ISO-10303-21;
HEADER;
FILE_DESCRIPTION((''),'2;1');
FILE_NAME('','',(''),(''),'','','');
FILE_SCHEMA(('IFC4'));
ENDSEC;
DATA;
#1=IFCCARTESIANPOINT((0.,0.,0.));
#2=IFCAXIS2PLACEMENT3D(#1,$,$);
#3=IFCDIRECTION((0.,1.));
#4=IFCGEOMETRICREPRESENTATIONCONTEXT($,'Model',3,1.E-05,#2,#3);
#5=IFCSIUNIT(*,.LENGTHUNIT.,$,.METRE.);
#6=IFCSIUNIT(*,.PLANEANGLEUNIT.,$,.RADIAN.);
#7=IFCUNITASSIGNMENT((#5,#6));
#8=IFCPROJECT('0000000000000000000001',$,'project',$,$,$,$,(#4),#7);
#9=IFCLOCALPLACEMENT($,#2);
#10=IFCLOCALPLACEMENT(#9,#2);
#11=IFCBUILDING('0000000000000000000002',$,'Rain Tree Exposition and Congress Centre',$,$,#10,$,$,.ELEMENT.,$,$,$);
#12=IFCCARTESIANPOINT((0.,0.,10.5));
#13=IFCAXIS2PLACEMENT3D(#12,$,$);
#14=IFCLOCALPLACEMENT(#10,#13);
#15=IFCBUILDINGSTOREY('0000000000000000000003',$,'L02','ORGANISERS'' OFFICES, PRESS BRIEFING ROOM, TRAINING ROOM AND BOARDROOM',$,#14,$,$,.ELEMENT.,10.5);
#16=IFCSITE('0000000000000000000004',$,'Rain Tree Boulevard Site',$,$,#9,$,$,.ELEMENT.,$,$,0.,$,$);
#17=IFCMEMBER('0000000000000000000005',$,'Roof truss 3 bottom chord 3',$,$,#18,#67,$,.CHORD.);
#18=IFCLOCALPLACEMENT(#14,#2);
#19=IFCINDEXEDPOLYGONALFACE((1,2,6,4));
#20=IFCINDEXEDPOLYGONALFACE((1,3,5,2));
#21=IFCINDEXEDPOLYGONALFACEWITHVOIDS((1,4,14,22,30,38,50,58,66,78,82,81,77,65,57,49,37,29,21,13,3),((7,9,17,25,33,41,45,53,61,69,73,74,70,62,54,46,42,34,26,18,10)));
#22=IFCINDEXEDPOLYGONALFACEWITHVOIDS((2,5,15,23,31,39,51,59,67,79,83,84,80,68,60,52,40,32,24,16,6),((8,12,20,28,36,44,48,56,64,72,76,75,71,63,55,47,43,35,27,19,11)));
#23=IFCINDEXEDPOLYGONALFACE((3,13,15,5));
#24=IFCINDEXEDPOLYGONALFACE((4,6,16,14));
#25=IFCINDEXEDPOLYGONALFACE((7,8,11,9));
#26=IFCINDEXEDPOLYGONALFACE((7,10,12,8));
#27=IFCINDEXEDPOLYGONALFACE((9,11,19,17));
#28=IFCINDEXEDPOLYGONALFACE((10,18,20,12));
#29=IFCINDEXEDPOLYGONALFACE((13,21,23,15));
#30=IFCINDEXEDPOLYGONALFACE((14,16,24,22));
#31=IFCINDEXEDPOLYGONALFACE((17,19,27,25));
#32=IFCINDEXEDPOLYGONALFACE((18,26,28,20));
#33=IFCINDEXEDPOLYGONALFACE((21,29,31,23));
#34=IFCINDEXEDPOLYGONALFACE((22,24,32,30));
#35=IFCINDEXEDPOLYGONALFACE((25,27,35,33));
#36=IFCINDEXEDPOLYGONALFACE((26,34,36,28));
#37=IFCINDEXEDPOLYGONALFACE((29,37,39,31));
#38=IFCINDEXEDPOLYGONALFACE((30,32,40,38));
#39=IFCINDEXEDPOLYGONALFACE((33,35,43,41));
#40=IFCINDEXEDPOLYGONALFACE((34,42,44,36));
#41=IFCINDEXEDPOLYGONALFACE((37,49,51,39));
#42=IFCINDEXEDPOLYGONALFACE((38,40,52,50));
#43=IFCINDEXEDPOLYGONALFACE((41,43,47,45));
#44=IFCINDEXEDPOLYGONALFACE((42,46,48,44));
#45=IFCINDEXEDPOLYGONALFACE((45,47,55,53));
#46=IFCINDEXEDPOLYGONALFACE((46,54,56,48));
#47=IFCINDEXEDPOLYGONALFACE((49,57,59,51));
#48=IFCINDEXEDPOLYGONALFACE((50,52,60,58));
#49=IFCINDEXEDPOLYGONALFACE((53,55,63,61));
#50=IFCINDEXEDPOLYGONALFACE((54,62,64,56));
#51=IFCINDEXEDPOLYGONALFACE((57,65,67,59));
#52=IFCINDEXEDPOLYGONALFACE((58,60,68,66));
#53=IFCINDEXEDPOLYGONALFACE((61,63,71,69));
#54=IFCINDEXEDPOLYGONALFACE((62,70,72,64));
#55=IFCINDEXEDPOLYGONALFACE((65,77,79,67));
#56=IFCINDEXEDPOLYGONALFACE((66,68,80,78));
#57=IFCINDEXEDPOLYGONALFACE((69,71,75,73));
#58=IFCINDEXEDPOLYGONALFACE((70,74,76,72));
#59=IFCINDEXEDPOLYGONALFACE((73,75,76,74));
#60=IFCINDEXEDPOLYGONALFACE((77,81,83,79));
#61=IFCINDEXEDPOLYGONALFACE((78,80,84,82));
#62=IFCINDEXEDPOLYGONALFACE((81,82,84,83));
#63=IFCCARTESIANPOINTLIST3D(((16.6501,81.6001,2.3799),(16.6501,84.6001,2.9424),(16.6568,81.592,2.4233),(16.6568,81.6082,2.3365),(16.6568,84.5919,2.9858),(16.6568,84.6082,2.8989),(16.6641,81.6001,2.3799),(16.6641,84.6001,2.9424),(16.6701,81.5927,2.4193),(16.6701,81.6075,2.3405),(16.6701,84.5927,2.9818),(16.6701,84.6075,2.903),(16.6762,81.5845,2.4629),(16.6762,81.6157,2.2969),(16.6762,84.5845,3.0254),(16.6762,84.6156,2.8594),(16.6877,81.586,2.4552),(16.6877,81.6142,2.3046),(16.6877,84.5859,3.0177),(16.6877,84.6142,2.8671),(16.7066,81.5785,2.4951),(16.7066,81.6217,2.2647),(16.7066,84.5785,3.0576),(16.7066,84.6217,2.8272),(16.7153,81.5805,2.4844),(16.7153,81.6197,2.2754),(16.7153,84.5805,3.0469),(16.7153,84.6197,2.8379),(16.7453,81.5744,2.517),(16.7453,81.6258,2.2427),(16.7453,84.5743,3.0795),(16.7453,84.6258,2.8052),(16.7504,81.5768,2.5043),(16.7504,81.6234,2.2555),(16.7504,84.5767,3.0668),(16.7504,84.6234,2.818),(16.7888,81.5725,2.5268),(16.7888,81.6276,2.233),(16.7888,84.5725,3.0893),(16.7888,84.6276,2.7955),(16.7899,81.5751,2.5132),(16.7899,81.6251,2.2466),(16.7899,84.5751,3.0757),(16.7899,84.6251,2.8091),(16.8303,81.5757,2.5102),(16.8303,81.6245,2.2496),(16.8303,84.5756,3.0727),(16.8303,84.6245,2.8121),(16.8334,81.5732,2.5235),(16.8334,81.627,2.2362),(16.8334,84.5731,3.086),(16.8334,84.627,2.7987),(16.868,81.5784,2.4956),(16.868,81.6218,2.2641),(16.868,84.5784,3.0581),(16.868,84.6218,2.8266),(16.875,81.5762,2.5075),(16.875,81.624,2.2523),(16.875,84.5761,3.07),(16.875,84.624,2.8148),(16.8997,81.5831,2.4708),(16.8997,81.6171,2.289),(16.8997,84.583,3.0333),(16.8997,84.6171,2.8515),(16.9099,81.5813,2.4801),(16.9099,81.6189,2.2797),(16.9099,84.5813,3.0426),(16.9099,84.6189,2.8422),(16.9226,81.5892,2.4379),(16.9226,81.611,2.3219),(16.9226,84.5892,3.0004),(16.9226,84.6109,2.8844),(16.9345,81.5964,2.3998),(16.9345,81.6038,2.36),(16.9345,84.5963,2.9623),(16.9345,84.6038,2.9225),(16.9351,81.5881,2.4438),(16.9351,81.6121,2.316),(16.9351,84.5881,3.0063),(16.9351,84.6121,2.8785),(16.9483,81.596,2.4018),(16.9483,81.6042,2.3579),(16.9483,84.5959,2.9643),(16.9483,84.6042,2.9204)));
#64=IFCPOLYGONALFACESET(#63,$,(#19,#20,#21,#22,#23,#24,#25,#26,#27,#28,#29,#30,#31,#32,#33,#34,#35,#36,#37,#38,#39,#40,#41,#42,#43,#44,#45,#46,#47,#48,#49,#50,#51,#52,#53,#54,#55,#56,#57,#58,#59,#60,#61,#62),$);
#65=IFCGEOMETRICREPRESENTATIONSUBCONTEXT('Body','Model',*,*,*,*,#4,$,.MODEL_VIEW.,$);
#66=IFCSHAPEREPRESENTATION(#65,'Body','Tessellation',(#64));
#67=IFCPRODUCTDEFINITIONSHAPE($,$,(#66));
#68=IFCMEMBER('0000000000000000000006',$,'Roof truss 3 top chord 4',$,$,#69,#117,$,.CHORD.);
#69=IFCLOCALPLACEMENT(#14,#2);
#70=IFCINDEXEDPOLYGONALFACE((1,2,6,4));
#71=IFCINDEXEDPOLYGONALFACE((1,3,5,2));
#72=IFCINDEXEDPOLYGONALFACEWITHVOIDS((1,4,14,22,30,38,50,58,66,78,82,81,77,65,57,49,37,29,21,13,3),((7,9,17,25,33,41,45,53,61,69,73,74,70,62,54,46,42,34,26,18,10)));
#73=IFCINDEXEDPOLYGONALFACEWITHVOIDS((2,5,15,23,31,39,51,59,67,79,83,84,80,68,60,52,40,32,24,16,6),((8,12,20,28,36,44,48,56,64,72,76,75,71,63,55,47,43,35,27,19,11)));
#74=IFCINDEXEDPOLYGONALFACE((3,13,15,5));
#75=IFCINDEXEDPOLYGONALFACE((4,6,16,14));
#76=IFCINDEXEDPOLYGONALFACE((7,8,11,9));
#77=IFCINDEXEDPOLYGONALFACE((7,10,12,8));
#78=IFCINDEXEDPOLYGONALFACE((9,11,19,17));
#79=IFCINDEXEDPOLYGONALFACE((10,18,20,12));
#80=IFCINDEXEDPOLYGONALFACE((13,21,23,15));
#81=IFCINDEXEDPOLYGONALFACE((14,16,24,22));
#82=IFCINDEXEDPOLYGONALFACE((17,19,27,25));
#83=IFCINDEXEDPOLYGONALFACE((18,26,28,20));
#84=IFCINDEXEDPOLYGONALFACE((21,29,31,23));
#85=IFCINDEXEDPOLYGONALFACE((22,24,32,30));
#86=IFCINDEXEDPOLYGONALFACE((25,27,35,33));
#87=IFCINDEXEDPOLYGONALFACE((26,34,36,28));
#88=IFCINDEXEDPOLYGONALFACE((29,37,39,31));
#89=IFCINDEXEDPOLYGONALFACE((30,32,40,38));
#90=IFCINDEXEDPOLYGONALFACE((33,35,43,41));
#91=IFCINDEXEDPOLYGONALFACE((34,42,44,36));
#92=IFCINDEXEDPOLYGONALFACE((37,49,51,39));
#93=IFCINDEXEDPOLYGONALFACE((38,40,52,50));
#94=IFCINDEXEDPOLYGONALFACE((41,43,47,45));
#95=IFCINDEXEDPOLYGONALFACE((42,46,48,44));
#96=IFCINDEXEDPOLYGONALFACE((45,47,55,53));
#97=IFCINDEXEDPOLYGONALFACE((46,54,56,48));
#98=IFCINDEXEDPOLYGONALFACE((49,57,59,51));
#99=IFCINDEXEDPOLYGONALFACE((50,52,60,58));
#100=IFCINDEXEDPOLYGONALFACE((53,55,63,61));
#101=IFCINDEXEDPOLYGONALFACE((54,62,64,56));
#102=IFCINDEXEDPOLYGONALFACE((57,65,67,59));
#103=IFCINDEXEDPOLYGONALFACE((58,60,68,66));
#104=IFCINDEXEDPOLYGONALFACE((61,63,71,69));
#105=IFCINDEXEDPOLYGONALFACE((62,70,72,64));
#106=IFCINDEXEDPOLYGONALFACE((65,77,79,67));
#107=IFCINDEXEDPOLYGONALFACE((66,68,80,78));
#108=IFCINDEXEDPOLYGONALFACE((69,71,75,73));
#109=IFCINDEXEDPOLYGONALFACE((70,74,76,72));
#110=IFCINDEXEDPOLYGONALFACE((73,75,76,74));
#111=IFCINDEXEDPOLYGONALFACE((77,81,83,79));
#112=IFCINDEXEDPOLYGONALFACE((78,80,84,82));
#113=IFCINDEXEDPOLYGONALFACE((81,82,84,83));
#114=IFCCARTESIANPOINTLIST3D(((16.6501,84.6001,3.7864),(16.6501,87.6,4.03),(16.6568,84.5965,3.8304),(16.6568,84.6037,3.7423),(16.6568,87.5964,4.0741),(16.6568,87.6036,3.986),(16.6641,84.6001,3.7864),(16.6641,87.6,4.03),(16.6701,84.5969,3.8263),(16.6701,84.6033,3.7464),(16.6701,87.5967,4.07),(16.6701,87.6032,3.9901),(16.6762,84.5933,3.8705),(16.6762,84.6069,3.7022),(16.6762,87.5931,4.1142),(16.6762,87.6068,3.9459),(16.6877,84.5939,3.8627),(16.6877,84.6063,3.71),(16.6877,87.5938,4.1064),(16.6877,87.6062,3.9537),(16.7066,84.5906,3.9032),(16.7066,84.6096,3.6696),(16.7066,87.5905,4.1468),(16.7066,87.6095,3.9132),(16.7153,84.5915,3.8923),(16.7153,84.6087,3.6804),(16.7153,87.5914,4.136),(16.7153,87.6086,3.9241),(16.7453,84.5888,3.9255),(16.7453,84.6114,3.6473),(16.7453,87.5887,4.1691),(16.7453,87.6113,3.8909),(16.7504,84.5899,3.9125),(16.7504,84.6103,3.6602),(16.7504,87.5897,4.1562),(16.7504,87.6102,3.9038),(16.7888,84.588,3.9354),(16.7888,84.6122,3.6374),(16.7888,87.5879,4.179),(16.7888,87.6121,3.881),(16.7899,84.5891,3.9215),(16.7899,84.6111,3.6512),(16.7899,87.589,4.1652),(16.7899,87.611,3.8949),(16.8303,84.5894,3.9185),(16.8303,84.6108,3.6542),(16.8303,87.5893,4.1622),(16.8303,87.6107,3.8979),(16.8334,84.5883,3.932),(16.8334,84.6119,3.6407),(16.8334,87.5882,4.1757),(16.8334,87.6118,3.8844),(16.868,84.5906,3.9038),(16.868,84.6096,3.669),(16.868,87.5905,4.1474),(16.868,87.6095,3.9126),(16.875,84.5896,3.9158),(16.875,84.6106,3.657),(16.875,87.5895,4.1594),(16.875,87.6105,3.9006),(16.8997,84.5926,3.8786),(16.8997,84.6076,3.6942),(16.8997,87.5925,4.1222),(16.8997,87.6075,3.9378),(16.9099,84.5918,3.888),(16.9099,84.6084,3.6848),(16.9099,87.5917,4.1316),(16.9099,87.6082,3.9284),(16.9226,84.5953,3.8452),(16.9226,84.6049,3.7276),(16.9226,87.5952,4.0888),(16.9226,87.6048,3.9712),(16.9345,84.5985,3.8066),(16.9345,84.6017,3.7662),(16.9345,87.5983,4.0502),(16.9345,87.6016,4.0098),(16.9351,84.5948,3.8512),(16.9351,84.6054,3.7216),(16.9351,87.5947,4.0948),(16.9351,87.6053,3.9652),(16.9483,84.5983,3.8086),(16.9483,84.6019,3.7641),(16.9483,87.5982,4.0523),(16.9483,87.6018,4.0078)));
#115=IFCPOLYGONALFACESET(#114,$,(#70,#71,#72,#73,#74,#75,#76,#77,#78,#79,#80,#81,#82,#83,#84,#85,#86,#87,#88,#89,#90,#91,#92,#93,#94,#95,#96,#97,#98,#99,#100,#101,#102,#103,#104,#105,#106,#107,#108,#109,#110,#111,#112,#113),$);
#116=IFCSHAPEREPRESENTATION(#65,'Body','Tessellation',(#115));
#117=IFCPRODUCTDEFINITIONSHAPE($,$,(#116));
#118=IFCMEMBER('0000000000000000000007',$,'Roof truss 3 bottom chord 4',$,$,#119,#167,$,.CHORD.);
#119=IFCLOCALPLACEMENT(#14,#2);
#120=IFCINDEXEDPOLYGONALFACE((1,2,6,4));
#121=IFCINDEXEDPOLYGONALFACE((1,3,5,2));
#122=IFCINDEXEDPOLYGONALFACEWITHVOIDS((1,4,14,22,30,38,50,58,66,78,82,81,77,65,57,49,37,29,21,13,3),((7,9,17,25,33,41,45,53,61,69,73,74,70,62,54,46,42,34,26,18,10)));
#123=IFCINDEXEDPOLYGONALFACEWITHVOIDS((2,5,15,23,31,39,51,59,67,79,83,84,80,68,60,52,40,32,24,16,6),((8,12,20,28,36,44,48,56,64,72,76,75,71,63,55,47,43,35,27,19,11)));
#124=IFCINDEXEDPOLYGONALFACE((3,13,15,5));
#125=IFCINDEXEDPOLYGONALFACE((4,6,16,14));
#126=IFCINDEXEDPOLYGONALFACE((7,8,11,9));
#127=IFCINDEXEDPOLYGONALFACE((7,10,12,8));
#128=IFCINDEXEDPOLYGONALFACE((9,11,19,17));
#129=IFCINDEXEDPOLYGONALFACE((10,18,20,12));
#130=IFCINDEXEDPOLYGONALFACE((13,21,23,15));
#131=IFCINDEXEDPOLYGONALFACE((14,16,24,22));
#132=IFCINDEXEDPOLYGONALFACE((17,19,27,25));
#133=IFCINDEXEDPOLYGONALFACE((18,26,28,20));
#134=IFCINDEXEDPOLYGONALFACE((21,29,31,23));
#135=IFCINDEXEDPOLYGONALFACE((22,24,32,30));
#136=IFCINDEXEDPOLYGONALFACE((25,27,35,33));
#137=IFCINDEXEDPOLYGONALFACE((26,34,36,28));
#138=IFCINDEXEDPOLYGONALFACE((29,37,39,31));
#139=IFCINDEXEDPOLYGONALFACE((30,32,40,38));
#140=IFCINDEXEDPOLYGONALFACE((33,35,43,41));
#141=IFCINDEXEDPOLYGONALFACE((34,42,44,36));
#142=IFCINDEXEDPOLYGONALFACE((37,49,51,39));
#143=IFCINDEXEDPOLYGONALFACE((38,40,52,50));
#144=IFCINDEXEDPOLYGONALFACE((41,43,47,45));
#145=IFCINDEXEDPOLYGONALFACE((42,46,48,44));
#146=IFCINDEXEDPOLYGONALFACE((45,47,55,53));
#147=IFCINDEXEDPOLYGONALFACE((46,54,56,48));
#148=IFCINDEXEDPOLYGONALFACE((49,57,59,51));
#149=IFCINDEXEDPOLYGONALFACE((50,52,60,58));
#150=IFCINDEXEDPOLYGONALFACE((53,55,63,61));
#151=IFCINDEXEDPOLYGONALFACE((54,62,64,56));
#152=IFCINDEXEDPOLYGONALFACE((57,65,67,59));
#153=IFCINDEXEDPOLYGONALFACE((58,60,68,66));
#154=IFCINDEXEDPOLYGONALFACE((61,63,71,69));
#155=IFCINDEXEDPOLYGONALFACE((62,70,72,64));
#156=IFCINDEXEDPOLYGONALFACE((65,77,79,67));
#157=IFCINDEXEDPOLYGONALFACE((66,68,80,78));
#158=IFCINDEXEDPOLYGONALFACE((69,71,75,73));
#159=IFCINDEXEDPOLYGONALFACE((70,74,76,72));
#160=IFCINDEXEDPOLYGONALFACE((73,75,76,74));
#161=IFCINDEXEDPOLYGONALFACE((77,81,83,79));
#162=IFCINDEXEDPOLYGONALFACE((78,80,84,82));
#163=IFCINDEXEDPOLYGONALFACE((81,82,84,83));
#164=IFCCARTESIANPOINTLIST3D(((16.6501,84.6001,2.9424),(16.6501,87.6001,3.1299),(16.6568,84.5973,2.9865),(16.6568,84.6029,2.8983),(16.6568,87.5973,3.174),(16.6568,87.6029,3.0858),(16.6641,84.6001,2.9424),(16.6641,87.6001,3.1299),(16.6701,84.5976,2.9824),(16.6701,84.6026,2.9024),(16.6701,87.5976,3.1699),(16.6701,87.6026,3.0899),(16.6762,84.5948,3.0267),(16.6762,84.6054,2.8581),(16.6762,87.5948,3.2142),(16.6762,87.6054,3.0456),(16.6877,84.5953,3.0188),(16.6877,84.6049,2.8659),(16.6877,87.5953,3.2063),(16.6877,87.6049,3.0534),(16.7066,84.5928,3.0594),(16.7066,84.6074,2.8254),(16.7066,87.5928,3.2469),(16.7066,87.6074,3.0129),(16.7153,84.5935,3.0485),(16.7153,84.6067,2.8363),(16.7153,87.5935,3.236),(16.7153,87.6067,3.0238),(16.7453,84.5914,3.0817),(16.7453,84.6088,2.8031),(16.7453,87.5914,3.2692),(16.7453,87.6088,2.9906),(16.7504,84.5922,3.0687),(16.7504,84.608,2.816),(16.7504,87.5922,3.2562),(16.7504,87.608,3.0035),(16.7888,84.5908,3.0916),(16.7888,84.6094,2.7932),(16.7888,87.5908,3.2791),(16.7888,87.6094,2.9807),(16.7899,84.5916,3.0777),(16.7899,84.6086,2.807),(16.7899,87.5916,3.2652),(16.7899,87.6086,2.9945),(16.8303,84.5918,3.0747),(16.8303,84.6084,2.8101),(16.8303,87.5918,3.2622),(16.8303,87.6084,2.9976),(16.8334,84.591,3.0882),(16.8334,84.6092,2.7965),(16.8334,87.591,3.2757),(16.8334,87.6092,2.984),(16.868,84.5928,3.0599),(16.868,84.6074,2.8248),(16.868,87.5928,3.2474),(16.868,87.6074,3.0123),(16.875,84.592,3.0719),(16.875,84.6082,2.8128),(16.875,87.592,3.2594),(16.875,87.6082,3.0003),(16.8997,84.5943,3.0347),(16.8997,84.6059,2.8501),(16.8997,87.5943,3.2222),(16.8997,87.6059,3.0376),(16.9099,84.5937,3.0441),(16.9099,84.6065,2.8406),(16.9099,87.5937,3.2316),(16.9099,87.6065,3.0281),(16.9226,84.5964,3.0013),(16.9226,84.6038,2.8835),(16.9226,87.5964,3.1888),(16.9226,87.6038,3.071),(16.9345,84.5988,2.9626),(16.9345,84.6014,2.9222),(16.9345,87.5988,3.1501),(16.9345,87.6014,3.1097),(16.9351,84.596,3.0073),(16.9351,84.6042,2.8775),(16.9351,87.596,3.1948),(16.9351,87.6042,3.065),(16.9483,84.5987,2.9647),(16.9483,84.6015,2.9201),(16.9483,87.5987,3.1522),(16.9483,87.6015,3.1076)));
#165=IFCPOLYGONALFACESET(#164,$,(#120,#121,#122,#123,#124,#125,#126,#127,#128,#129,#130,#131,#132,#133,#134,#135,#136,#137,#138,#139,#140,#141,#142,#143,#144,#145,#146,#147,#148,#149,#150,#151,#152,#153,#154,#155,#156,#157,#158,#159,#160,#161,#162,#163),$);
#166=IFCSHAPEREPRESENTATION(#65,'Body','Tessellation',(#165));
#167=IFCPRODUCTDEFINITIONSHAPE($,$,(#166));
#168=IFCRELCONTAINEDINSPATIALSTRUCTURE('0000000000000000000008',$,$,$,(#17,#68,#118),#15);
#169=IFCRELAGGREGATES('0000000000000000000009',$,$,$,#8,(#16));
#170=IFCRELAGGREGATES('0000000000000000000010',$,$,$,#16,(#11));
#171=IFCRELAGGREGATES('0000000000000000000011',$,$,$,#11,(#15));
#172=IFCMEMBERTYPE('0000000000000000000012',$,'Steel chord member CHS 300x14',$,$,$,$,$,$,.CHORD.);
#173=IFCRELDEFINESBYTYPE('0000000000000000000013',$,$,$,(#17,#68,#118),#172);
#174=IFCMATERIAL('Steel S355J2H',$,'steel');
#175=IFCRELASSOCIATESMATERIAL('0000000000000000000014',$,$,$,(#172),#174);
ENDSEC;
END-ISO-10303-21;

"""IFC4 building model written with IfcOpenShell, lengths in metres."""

from ifc_helpers import new_model, si_unit, direction, frame, origin, origin_2d, place, context, subcontext, project, spatial, hollow_circle, extrude, material, material_profile, profile_set, type_object, element, save


model = new_model("IFC4")

# Units and contexts
model_context = context("Model", 3, precision=1e-05, world=origin(), true_north=direction((0.0, 1.0)))
body_context = subcontext(model_context, "Body", "Model", "MODEL_VIEW")
ifc_project = project(units=[si_unit("LENGTHUNIT", "METRE"), si_unit("PLANEANGLEUNIT", "RADIAN")], contexts=[model_context])

# Site, building, storey
site_placement = place(None, origin())
site = spatial("IfcSite", under=ifc_project, at=site_placement, Name="Rain Tree Boulevard Site", CompositionType="ELEMENT", RefElevation=0.0)
building_placement = place(site_placement, origin())
building = spatial("IfcBuilding", under=site, at=building_placement, Name="Rain Tree Exposition and Congress Centre", CompositionType="ELEMENT")
storey_placement = place(building_placement, frame((0.0, 0.0, 10.5)))
storey = spatial("IfcBuildingStorey", under=building, at=storey_placement, Name="L02", Description="ORGANISERS' OFFICES, PRESS BRIEFING ROOM, TRAINING ROOM AND BOARDROOM", CompositionType="ELEMENT", Elevation=10.5)

# Members
ifc_material_1 = material(Name="Steel S355J2H", Category="steel")
ifc_material_profile_1 = material_profile(ifc_material_1, hollow_circle(Radius=0.1499, WallThickness=0.0139, at=origin_2d()), Name="CHS 300x14")
ifc_profile_set_1 = profile_set([ifc_material_profile_1], Name="Steel S355J2H")
member_type_1 = type_object("IfcMemberType", Name="Steel chord member CHS 300x14", PredefinedType="CHORD", material=ifc_profile_set_1)
member_1_placement = place(storey_placement, frame((16.8, 81.6001, 2.3799), z_axis=(0.0, 0.982872, 0.184289), x_axis=(-1.0, 0.0, 0.0)))
element("IfcMember", 1, at=member_1_placement, inside=storey, type_object=member_type_1, Name="Roof truss 3 bottom chord 3", PredefinedType="CHORD", context=body_context, shape_type="SweptSolid", body=[
    extrude(hollow_circle(Radius=0.1499, WallThickness=0.0139, at=origin_2d()), origin(), (0.0, 0.0, 1.0), 3.0522),
])
member_2_placement = place(storey_placement, frame((16.8, 84.6001, 3.7864), z_axis=(0.0, 0.996718, 0.080951), x_axis=(-1.0, 0.0, 0.0)))
element("IfcMember", 2, at=member_2_placement, inside=storey, type_object=member_type_1, Name="Roof truss 3 top chord 4", PredefinedType="CHORD", context=body_context, shape_type="SweptSolid", body=[
    extrude(hollow_circle(Radius=0.1499, WallThickness=0.0139, at=origin_2d()), origin(), (0.0, 0.0, 1.0), 3.0098),
])
member_3_placement = place(storey_placement, frame((16.8, 84.6001, 2.9424), z_axis=(0.0, 0.998053, 0.062378), x_axis=(-1.0, 0.0, 0.0)))
element("IfcMember", 3, at=member_3_placement, inside=storey, type_object=member_type_1, Name="Roof truss 3 bottom chord 4", PredefinedType="CHORD", context=body_context, shape_type="SweptSolid", body=[
    extrude(hollow_circle(Radius=0.1499, WallThickness=0.0139, at=origin_2d()), origin(), (0.0, 0.0, 1.0), 3.0059),
])

save(model, "model.ifc")
